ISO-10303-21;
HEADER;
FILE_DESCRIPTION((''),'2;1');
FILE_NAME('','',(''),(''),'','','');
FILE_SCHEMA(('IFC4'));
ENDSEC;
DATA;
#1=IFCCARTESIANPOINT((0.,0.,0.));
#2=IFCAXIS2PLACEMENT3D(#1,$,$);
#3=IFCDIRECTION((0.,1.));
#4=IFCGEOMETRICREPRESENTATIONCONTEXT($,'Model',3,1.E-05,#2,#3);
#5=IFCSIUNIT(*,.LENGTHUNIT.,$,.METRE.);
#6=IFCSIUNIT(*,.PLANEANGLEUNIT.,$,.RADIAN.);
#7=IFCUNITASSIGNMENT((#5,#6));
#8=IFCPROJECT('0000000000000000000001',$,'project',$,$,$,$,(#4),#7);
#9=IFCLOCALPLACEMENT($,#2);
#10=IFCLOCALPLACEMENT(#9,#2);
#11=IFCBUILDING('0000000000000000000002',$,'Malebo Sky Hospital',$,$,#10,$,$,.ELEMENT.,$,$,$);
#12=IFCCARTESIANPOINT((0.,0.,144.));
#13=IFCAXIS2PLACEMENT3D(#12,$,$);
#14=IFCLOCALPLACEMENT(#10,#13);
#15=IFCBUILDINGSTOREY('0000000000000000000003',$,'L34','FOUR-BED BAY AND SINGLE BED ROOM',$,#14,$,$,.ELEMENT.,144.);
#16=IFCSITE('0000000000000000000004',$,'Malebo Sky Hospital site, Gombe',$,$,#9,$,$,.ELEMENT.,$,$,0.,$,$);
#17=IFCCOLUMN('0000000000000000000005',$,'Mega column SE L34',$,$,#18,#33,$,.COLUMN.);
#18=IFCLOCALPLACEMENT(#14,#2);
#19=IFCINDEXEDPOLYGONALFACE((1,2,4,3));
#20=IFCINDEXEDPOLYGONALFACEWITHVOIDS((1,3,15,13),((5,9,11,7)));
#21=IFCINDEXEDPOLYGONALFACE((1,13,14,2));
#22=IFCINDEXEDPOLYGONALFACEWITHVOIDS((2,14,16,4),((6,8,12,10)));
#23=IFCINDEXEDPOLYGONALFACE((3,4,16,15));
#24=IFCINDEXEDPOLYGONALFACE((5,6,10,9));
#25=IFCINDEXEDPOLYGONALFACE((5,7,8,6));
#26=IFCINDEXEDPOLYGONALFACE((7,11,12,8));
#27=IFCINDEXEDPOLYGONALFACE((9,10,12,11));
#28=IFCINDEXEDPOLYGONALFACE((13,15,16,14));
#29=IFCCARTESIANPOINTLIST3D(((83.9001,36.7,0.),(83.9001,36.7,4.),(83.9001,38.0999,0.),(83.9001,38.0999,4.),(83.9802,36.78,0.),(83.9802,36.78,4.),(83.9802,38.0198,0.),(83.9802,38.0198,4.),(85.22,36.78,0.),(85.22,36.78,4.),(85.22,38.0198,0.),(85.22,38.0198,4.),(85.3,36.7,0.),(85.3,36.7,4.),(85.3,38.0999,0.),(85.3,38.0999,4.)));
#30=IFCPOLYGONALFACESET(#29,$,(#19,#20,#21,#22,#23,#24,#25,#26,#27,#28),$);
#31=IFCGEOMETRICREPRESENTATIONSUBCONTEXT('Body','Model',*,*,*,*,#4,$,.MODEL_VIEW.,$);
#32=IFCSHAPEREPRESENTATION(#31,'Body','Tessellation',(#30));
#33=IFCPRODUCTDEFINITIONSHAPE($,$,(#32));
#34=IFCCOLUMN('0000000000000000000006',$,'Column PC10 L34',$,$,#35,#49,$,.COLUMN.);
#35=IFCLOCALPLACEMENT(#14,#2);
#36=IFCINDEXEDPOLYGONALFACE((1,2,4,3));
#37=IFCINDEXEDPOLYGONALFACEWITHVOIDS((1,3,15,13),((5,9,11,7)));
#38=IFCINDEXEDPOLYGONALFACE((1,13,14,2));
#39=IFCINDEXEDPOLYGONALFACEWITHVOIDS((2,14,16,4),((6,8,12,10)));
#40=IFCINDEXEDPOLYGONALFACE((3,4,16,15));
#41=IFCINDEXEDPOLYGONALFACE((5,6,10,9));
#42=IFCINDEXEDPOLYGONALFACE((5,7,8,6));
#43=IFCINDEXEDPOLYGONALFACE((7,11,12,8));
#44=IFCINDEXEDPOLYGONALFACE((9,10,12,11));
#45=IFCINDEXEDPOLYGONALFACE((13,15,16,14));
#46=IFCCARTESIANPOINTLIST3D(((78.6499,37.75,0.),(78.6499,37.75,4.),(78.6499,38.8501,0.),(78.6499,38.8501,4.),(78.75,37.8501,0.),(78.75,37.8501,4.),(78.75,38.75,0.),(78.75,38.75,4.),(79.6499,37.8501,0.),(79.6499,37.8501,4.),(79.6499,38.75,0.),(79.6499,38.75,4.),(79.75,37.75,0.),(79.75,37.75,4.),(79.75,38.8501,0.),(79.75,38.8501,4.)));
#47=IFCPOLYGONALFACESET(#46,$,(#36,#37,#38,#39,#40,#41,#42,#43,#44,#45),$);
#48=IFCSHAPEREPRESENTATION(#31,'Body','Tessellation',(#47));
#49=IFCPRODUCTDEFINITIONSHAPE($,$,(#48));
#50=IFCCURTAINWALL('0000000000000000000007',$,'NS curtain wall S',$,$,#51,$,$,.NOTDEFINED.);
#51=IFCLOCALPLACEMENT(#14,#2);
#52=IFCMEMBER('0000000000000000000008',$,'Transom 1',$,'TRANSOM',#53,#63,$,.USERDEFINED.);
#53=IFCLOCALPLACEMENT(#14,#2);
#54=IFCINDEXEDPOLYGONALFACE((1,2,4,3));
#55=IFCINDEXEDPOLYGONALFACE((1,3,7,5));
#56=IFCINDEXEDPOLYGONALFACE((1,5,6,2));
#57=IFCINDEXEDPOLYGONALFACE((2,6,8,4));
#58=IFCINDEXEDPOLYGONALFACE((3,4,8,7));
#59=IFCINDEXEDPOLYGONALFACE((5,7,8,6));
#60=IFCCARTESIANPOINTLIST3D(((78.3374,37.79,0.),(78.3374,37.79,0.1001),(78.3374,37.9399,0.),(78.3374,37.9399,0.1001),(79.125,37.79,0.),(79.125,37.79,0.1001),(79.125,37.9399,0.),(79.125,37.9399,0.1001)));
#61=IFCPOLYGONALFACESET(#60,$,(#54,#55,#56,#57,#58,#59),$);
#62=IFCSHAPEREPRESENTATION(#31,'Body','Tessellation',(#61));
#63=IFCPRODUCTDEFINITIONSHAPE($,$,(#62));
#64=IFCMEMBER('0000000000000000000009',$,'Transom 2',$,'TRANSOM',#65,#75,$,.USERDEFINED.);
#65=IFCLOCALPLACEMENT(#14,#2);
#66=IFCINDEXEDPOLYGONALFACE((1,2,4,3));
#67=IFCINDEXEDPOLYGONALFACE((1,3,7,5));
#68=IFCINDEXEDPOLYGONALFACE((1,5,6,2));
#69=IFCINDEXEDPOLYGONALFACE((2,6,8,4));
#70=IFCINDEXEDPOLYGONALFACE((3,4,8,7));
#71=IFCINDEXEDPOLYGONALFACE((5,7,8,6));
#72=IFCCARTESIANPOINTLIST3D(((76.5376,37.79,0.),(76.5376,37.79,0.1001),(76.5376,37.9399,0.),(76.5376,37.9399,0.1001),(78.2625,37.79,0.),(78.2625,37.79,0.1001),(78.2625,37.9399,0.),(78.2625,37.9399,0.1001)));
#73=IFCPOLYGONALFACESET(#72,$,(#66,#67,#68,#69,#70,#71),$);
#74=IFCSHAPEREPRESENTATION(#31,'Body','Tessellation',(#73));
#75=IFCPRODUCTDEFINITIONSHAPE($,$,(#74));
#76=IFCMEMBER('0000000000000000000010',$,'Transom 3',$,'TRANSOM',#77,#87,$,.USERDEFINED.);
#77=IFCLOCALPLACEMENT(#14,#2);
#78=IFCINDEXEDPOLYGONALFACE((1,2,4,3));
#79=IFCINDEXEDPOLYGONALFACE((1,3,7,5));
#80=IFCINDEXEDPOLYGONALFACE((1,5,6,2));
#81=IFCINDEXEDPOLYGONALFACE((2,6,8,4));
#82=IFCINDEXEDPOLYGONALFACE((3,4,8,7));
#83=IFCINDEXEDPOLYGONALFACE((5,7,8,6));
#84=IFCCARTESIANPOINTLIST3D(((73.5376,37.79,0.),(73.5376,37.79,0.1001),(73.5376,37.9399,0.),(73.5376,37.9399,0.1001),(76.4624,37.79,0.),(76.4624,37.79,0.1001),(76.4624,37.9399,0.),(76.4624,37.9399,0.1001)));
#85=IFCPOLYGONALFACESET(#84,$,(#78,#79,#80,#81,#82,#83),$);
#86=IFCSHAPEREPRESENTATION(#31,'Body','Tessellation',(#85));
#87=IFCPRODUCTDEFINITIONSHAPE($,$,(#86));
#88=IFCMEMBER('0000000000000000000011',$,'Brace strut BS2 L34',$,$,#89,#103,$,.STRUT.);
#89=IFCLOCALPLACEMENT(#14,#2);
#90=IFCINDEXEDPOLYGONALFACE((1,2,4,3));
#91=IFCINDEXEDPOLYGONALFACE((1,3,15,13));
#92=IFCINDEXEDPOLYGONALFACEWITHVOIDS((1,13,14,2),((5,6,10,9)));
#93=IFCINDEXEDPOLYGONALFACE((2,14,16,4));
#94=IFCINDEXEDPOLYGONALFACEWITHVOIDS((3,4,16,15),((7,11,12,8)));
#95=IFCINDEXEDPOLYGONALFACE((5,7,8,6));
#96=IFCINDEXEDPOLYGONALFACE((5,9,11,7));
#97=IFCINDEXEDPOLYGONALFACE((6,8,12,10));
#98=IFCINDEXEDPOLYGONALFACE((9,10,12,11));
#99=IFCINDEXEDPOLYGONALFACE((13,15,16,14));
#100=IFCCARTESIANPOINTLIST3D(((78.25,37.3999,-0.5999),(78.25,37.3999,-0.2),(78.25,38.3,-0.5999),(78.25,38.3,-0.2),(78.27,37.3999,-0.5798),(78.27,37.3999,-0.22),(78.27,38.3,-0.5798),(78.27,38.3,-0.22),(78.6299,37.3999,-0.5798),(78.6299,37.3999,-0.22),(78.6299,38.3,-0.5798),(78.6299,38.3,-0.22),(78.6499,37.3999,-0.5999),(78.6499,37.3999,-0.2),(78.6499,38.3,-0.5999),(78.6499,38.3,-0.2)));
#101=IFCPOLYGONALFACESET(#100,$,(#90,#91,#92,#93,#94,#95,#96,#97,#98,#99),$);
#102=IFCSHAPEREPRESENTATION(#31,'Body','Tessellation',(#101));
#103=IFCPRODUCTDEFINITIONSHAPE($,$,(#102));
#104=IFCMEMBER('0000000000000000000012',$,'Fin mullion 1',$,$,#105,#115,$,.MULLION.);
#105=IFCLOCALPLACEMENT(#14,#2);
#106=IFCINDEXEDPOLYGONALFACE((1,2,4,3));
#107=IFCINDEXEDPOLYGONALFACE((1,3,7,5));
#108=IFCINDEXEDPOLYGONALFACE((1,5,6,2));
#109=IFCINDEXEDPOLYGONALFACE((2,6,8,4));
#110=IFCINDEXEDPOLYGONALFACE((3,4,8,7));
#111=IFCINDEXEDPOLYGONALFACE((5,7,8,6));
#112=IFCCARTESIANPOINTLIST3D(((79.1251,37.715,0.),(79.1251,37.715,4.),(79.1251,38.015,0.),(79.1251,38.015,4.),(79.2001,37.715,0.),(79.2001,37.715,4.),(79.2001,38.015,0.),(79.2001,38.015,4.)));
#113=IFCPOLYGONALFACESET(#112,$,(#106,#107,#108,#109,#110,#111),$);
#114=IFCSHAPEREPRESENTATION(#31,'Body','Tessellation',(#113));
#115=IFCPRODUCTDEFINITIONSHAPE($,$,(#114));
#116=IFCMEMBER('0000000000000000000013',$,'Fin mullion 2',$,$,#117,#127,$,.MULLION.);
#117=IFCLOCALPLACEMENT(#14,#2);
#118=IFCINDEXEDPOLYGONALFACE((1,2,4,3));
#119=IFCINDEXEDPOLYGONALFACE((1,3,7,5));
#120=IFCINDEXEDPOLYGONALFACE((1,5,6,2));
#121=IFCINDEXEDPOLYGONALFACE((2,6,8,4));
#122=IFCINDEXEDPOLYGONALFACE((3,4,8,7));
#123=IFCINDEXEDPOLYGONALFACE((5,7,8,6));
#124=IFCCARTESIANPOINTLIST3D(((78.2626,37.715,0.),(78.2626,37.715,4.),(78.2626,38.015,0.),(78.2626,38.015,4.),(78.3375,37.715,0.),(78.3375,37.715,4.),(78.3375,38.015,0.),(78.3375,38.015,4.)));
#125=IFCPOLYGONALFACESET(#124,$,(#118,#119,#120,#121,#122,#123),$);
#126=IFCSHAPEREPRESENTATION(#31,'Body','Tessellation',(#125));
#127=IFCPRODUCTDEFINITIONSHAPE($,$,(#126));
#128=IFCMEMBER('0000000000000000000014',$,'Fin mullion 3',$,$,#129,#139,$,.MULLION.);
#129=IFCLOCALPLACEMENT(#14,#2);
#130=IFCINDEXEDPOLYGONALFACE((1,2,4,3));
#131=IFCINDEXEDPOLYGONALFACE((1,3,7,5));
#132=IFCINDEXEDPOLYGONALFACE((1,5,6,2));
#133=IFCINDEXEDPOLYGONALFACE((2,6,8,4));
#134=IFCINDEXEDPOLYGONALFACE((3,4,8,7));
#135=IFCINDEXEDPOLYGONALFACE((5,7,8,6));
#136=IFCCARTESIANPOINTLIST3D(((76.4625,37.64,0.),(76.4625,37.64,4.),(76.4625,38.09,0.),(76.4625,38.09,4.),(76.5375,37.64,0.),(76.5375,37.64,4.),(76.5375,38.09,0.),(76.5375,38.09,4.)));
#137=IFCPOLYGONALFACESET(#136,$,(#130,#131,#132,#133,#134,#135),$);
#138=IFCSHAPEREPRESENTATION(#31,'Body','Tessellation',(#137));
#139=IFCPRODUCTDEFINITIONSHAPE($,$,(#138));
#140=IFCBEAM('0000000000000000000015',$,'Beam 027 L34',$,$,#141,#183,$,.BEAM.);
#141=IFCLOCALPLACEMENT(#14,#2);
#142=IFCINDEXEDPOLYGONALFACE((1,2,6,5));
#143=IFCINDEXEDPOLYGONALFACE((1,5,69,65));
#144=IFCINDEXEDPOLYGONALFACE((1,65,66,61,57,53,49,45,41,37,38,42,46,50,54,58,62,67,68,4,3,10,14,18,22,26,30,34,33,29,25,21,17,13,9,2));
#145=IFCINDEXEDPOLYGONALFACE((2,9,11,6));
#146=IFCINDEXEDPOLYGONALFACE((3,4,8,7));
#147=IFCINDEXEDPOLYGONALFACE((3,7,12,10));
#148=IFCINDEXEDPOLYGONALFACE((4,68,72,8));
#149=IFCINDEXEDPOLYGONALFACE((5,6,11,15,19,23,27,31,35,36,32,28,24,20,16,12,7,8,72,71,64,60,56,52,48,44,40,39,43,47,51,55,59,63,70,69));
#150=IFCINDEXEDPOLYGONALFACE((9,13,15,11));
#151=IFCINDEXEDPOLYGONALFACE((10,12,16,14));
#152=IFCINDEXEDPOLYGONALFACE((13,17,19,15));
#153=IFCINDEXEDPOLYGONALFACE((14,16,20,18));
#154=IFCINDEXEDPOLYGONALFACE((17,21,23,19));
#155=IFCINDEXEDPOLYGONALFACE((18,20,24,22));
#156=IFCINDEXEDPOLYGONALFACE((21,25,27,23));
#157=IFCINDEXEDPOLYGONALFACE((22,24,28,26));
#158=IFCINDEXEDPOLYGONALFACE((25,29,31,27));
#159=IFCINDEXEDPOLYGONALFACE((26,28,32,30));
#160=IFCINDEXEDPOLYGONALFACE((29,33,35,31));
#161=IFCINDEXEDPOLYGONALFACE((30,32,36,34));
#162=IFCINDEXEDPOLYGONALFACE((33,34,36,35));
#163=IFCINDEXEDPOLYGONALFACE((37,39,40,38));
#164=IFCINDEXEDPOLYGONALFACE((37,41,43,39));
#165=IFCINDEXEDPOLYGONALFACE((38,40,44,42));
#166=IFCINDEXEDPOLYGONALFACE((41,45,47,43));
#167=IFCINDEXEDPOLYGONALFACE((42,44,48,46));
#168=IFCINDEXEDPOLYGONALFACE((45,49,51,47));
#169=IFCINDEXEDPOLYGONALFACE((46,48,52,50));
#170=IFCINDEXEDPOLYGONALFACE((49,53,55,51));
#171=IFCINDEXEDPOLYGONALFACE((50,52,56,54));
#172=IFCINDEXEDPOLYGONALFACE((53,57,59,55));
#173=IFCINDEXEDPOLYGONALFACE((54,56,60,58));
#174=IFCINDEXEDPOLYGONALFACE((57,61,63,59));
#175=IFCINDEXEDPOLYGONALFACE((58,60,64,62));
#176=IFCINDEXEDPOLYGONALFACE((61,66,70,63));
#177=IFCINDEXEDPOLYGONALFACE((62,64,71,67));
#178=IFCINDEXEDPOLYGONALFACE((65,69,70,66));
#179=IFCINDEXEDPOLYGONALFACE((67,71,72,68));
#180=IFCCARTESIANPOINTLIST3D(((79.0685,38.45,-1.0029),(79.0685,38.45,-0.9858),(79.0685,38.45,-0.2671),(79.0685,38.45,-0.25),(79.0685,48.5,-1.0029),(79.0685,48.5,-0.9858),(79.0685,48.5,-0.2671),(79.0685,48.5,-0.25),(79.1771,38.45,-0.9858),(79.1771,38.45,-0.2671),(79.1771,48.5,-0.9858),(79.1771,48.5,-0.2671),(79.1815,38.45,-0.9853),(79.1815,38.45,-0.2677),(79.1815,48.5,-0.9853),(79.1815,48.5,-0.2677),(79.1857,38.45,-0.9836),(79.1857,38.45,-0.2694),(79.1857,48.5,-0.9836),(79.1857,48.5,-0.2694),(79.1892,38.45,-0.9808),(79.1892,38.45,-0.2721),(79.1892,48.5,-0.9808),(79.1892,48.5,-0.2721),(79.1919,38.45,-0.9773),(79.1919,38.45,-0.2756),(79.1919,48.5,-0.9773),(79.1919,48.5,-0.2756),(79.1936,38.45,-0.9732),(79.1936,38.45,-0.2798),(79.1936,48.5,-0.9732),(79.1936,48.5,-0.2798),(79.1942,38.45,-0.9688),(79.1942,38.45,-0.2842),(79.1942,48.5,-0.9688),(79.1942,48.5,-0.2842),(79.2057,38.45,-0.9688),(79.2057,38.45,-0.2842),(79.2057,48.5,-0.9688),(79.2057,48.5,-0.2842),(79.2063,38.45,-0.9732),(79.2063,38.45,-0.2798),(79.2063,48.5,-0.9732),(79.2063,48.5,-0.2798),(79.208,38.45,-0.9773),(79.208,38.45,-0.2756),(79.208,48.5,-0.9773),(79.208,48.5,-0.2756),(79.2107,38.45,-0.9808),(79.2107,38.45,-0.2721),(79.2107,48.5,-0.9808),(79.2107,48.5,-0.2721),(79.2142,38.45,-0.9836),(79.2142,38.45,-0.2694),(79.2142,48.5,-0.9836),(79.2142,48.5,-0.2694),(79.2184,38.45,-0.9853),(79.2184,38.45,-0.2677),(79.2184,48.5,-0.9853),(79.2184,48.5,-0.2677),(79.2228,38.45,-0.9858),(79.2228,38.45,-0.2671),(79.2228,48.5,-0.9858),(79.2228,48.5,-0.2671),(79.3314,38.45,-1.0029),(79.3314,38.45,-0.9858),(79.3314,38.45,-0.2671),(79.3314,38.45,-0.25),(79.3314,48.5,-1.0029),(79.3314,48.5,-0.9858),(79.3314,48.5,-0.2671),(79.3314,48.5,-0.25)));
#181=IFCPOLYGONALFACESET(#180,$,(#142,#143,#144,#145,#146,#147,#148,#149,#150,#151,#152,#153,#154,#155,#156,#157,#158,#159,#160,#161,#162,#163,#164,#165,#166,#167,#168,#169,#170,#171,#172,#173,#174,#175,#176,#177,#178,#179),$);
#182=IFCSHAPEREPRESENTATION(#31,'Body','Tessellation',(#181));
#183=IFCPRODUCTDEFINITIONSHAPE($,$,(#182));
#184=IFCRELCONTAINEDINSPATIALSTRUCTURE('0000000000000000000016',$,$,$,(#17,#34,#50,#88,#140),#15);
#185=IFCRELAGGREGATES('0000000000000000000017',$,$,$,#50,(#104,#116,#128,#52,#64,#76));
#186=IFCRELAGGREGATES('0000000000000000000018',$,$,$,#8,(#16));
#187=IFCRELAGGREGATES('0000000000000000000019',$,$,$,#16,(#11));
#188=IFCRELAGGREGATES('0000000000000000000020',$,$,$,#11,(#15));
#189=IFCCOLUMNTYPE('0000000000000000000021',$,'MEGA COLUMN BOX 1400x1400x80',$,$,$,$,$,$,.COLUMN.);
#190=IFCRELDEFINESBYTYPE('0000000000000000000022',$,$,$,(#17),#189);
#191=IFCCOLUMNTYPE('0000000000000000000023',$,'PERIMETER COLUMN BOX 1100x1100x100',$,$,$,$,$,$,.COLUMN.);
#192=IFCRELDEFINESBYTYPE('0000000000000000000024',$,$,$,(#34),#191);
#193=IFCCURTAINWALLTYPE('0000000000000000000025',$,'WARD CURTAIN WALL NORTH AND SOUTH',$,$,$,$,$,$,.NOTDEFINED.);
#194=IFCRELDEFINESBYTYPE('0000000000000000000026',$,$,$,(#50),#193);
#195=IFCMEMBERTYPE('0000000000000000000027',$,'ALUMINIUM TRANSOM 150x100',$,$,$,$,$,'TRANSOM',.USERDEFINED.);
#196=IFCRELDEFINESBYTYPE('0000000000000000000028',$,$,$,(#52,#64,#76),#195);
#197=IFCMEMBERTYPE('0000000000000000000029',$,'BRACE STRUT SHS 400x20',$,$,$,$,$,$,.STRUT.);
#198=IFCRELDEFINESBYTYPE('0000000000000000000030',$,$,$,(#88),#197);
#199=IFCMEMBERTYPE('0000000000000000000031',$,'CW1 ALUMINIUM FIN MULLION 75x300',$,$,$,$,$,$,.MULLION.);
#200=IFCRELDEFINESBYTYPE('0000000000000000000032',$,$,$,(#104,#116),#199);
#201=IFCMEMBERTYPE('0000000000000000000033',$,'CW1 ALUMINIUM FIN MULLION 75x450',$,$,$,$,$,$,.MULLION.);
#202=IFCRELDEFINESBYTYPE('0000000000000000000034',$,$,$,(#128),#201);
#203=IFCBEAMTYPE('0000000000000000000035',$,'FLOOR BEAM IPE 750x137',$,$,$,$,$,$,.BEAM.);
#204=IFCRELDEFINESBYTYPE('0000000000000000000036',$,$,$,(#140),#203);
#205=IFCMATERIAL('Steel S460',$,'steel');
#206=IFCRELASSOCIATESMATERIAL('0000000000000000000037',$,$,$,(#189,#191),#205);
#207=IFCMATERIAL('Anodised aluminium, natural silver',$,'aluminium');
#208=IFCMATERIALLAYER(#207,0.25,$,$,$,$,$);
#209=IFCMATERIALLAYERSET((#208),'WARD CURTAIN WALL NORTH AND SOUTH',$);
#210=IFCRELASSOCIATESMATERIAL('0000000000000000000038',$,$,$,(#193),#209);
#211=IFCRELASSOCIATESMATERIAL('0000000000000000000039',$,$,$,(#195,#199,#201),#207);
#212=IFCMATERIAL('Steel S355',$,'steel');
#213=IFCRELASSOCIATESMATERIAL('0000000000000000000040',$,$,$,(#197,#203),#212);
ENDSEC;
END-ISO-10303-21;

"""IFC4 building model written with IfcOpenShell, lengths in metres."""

from ifc_helpers import new_model, si_unit, direction, frame, origin, origin_2d, place, context, subcontext, project, spatial, rectangle, hollow_rectangle, i_section, extrude, material, layer, layer_set, material_profile, profile_set, type_object, element, aggregate, save


model = new_model("IFC4")

# Units and contexts
model_context = context("Model", 3, precision=1e-05, world=origin(), true_north=direction((0.0, 1.0)))
body_context = subcontext(model_context, "Body", "Model", "MODEL_VIEW")
ifc_project = project(units=[si_unit("LENGTHUNIT", "METRE"), si_unit("PLANEANGLEUNIT", "RADIAN")], contexts=[model_context])

# Site, building, storey
site_placement = place(None, origin())
site = spatial("IfcSite", under=ifc_project, at=site_placement, Name="Malebo Sky Hospital site, Gombe", CompositionType="ELEMENT", RefElevation=0.0)
building_placement = place(site_placement, origin())
building = spatial("IfcBuilding", under=site, at=building_placement, Name="Malebo Sky Hospital", CompositionType="ELEMENT")
storey_placement = place(building_placement, frame((0.0, 0.0, 144.0)))
storey = spatial("IfcBuildingStorey", under=building, at=storey_placement, Name="L34", Description="FOUR-BED BAY AND SINGLE BED ROOM", CompositionType="ELEMENT", Elevation=144.0)

# Columns
ifc_material_1 = material(Name="Steel S460", Category="steel")
ifc_material_profile_1 = material_profile(ifc_material_1, hollow_rectangle(XDim=1.3999, YDim=1.3999, WallThickness=0.0801, at=origin_2d()), Name="BOX 1400x1400x80")
ifc_profile_set_1 = profile_set([ifc_material_profile_1], Name="Steel S460")
column_type_1 = type_object("IfcColumnType", Name="MEGA COLUMN BOX 1400x1400x80", PredefinedType="COLUMN", material=ifc_profile_set_1)
column_1_placement = place(storey_placement, frame((84.6001, 37.3999, 0.0), z_axis=(0.0, 0.0, 1.0), x_axis=(1.0, 0.0, 0.0)))
element("IfcColumn", 1, at=column_1_placement, inside=storey, type_object=column_type_1, Name="Mega column SE L34", PredefinedType="COLUMN", context=body_context, shape_type="SweptSolid", body=[
    extrude(hollow_rectangle(XDim=1.3999, YDim=1.3999, WallThickness=0.0801, at=origin_2d()), origin(), (0.0, 0.0, 1.0), 4.0),
])
ifc_material_profile_2 = material_profile(ifc_material_1, hollow_rectangle(XDim=1.1001, YDim=1.1001, WallThickness=0.1001, at=origin_2d()), Name="BOX 1100x1100x100")
ifc_profile_set_2 = profile_set([ifc_material_profile_2], Name="Steel S460")
column_type_2 = type_object("IfcColumnType", Name="PERIMETER COLUMN BOX 1100x1100x100", PredefinedType="COLUMN", material=ifc_profile_set_2)
column_2_placement = place(storey_placement, frame((79.2, 38.3, 0.0), z_axis=(0.0, 0.0, 1.0), x_axis=(1.0, 0.0, 0.0)))
element("IfcColumn", 2, at=column_2_placement, inside=storey, type_object=column_type_2, Name="Column PC10 L34", PredefinedType="COLUMN", context=body_context, shape_type="SweptSolid", body=[
    extrude(hollow_rectangle(XDim=1.1001, YDim=1.1001, WallThickness=0.1001, at=origin_2d()), origin(), (0.0, 0.0, 1.0), 4.0),
])

# Curtain wall, members
ifc_material_2 = material(Name="Anodised aluminium, natural silver", Category="aluminium")
ifc_layer_1 = layer(ifc_material_2, 0.25)
ifc_layer_set_1 = layer_set([ifc_layer_1], Name="WARD CURTAIN WALL NORTH AND SOUTH")
curtain_wall_type = type_object("IfcCurtainWallType", Name="WARD CURTAIN WALL NORTH AND SOUTH", PredefinedType="NOTDEFINED", material=ifc_layer_set_1)
curtain_wall_placement = place(storey_placement, origin())
curtain_wall = element("IfcCurtainWall", 3, at=curtain_wall_placement, inside=storey, type_object=curtain_wall_type, Name="NS curtain wall S", PredefinedType="NOTDEFINED")
ifc_material_profile_3 = material_profile(ifc_material_2, rectangle(XDim=0.1499, YDim=0.1001, at=origin_2d()), Name="ALUMINIUM TRANSOM 150x100")
ifc_profile_set_3 = profile_set([ifc_material_profile_3], Name="Anodised aluminium, natural silver")
member_type_1 = type_object("IfcMemberType", Name="ALUMINIUM TRANSOM 150x100", ElementType="TRANSOM", PredefinedType="USERDEFINED", material=ifc_profile_set_3)
member_1_placement = place(storey_placement, frame((79.125, 37.865, 0.05), z_axis=(-1.0, 0.0, 0.0), x_axis=(0.0, -1.0, 0.0)))
member_1 = element("IfcMember", 4, at=member_1_placement, type_object=member_type_1, Name="Transom 1", ObjectType="TRANSOM", PredefinedType="USERDEFINED", context=body_context, shape_type="SweptSolid", body=[
    extrude(rectangle(XDim=0.1499, YDim=0.1001, at=origin_2d()), origin(), (0.0, 0.0, 1.0), 0.7876),
])
member_2_placement = place(storey_placement, frame((78.2625, 37.865, 0.05), z_axis=(-1.0, 0.0, 0.0), x_axis=(0.0, -1.0, 0.0)))
member_2 = element("IfcMember", 5, at=member_2_placement, type_object=member_type_1, Name="Transom 2", ObjectType="TRANSOM", PredefinedType="USERDEFINED", context=body_context, shape_type="SweptSolid", body=[
    extrude(rectangle(XDim=0.1499, YDim=0.1001, at=origin_2d()), origin(), (0.0, 0.0, 1.0), 1.7249),
])
member_3_placement = place(storey_placement, frame((76.4624, 37.865, 0.05), z_axis=(-1.0, 0.0, 0.0), x_axis=(0.0, -1.0, 0.0)))
member_3 = element("IfcMember", 6, at=member_3_placement, type_object=member_type_1, Name="Transom 3", ObjectType="TRANSOM", PredefinedType="USERDEFINED", context=body_context, shape_type="SweptSolid", body=[
    extrude(rectangle(XDim=0.1499, YDim=0.1001, at=origin_2d()), origin(), (0.0, 0.0, 1.0), 2.9248),
])

# Members
ifc_material_3 = material(Name="Steel S355", Category="steel")
ifc_material_profile_4 = material_profile(ifc_material_3, hollow_rectangle(XDim=0.3999, YDim=0.3999, WallThickness=0.02, at=origin_2d()), Name="SHS 400x20")
ifc_profile_set_4 = profile_set([ifc_material_profile_4], Name="Steel S355")
member_type_2 = type_object("IfcMemberType", Name="BRACE STRUT SHS 400x20", PredefinedType="STRUT", material=ifc_profile_set_4)
member_4_placement = place(storey_placement, frame((78.45, 37.3999, -0.3999), z_axis=(0.0, 1.0, 0.0), x_axis=(-1.0, 0.0, 0.0)))
element("IfcMember", 7, at=member_4_placement, inside=storey, type_object=member_type_2, Name="Brace strut BS2 L34", PredefinedType="STRUT", context=body_context, shape_type="SweptSolid", body=[
    extrude(hollow_rectangle(XDim=0.3999, YDim=0.3999, WallThickness=0.02, at=origin_2d()), origin(), (0.0, 0.0, 1.0), 0.9001),
])
ifc_material_profile_5 = material_profile(ifc_material_2, rectangle(XDim=0.075, YDim=0.3, at=origin_2d()), Name="CW1 ALUMINIUM FIN MULLION 75x300")
ifc_profile_set_5 = profile_set([ifc_material_profile_5], Name="Anodised aluminium, natural silver")
member_type_3 = type_object("IfcMemberType", Name="CW1 ALUMINIUM FIN MULLION 75x300", PredefinedType="MULLION", material=ifc_profile_set_5)
member_5_placement = place(storey_placement, frame((79.1626, 37.865, 0.0), z_axis=(0.0, 0.0, 1.0), x_axis=(-1.0, 0.0, 0.0)))
member_5 = element("IfcMember", 8, at=member_5_placement, type_object=member_type_3, Name="Fin mullion 1", PredefinedType="MULLION", context=body_context, shape_type="SweptSolid", body=[
    extrude(rectangle(XDim=0.075, YDim=0.3, at=origin_2d()), origin(), (0.0, 0.0, 1.0), 4.0),
])
member_6_placement = place(storey_placement, frame((78.3, 37.865, 0.0), z_axis=(0.0, 0.0, 1.0), x_axis=(-1.0, 0.0, 0.0)))
member_6 = element("IfcMember", 9, at=member_6_placement, type_object=member_type_3, Name="Fin mullion 2", PredefinedType="MULLION", context=body_context, shape_type="SweptSolid", body=[
    extrude(rectangle(XDim=0.075, YDim=0.3, at=origin_2d()), origin(), (0.0, 0.0, 1.0), 4.0),
])
ifc_material_profile_6 = material_profile(ifc_material_2, rectangle(XDim=0.075, YDim=0.45, at=origin_2d()), Name="CW1 ALUMINIUM FIN MULLION 75x450")
ifc_profile_set_6 = profile_set([ifc_material_profile_6], Name="Anodised aluminium, natural silver")
member_type_4 = type_object("IfcMemberType", Name="CW1 ALUMINIUM FIN MULLION 75x450", PredefinedType="MULLION", material=ifc_profile_set_6)
member_7_placement = place(storey_placement, frame((76.5, 37.865, 0.0), z_axis=(0.0, 0.0, 1.0), x_axis=(-1.0, 0.0, 0.0)))
member_7 = element("IfcMember", 10, at=member_7_placement, type_object=member_type_4, Name="Fin mullion 3", PredefinedType="MULLION", context=body_context, shape_type="SweptSolid", body=[
    extrude(rectangle(XDim=0.075, YDim=0.45, at=origin_2d()), origin(), (0.0, 0.0, 1.0), 4.0),
])

# Beam
ifc_material_profile_7 = material_profile(ifc_material_3, i_section(OverallWidth=0.2629, OverallDepth=0.7529, WebThickness=0.0115, FlangeThickness=0.0171, FilletRadius=0.0171, at=origin_2d()), Name="IPE 750x137")
ifc_profile_set_7 = profile_set([ifc_material_profile_7], Name="Steel S355")
beam_type = type_object("IfcBeamType", Name="FLOOR BEAM IPE 750x137", PredefinedType="BEAM", material=ifc_profile_set_7)
beam_placement = place(storey_placement, frame((79.2, 38.45, -0.6265), z_axis=(0.0, 1.0, 0.0), x_axis=(-1.0, 0.0, 0.0)))
element("IfcBeam", 11, at=beam_placement, inside=storey, type_object=beam_type, Name="Beam 027 L34", PredefinedType="BEAM", context=body_context, shape_type="SweptSolid", body=[
    extrude(i_section(OverallWidth=0.2629, OverallDepth=0.7529, WebThickness=0.0115, FlangeThickness=0.0171, FilletRadius=0.0171, at=origin_2d()), origin(), (0.0, 0.0, 1.0), 10.05),
])

aggregate(curtain_wall, [member_5, member_6, member_7, member_1, member_2, member_3])

save(model, "model.ifc")
